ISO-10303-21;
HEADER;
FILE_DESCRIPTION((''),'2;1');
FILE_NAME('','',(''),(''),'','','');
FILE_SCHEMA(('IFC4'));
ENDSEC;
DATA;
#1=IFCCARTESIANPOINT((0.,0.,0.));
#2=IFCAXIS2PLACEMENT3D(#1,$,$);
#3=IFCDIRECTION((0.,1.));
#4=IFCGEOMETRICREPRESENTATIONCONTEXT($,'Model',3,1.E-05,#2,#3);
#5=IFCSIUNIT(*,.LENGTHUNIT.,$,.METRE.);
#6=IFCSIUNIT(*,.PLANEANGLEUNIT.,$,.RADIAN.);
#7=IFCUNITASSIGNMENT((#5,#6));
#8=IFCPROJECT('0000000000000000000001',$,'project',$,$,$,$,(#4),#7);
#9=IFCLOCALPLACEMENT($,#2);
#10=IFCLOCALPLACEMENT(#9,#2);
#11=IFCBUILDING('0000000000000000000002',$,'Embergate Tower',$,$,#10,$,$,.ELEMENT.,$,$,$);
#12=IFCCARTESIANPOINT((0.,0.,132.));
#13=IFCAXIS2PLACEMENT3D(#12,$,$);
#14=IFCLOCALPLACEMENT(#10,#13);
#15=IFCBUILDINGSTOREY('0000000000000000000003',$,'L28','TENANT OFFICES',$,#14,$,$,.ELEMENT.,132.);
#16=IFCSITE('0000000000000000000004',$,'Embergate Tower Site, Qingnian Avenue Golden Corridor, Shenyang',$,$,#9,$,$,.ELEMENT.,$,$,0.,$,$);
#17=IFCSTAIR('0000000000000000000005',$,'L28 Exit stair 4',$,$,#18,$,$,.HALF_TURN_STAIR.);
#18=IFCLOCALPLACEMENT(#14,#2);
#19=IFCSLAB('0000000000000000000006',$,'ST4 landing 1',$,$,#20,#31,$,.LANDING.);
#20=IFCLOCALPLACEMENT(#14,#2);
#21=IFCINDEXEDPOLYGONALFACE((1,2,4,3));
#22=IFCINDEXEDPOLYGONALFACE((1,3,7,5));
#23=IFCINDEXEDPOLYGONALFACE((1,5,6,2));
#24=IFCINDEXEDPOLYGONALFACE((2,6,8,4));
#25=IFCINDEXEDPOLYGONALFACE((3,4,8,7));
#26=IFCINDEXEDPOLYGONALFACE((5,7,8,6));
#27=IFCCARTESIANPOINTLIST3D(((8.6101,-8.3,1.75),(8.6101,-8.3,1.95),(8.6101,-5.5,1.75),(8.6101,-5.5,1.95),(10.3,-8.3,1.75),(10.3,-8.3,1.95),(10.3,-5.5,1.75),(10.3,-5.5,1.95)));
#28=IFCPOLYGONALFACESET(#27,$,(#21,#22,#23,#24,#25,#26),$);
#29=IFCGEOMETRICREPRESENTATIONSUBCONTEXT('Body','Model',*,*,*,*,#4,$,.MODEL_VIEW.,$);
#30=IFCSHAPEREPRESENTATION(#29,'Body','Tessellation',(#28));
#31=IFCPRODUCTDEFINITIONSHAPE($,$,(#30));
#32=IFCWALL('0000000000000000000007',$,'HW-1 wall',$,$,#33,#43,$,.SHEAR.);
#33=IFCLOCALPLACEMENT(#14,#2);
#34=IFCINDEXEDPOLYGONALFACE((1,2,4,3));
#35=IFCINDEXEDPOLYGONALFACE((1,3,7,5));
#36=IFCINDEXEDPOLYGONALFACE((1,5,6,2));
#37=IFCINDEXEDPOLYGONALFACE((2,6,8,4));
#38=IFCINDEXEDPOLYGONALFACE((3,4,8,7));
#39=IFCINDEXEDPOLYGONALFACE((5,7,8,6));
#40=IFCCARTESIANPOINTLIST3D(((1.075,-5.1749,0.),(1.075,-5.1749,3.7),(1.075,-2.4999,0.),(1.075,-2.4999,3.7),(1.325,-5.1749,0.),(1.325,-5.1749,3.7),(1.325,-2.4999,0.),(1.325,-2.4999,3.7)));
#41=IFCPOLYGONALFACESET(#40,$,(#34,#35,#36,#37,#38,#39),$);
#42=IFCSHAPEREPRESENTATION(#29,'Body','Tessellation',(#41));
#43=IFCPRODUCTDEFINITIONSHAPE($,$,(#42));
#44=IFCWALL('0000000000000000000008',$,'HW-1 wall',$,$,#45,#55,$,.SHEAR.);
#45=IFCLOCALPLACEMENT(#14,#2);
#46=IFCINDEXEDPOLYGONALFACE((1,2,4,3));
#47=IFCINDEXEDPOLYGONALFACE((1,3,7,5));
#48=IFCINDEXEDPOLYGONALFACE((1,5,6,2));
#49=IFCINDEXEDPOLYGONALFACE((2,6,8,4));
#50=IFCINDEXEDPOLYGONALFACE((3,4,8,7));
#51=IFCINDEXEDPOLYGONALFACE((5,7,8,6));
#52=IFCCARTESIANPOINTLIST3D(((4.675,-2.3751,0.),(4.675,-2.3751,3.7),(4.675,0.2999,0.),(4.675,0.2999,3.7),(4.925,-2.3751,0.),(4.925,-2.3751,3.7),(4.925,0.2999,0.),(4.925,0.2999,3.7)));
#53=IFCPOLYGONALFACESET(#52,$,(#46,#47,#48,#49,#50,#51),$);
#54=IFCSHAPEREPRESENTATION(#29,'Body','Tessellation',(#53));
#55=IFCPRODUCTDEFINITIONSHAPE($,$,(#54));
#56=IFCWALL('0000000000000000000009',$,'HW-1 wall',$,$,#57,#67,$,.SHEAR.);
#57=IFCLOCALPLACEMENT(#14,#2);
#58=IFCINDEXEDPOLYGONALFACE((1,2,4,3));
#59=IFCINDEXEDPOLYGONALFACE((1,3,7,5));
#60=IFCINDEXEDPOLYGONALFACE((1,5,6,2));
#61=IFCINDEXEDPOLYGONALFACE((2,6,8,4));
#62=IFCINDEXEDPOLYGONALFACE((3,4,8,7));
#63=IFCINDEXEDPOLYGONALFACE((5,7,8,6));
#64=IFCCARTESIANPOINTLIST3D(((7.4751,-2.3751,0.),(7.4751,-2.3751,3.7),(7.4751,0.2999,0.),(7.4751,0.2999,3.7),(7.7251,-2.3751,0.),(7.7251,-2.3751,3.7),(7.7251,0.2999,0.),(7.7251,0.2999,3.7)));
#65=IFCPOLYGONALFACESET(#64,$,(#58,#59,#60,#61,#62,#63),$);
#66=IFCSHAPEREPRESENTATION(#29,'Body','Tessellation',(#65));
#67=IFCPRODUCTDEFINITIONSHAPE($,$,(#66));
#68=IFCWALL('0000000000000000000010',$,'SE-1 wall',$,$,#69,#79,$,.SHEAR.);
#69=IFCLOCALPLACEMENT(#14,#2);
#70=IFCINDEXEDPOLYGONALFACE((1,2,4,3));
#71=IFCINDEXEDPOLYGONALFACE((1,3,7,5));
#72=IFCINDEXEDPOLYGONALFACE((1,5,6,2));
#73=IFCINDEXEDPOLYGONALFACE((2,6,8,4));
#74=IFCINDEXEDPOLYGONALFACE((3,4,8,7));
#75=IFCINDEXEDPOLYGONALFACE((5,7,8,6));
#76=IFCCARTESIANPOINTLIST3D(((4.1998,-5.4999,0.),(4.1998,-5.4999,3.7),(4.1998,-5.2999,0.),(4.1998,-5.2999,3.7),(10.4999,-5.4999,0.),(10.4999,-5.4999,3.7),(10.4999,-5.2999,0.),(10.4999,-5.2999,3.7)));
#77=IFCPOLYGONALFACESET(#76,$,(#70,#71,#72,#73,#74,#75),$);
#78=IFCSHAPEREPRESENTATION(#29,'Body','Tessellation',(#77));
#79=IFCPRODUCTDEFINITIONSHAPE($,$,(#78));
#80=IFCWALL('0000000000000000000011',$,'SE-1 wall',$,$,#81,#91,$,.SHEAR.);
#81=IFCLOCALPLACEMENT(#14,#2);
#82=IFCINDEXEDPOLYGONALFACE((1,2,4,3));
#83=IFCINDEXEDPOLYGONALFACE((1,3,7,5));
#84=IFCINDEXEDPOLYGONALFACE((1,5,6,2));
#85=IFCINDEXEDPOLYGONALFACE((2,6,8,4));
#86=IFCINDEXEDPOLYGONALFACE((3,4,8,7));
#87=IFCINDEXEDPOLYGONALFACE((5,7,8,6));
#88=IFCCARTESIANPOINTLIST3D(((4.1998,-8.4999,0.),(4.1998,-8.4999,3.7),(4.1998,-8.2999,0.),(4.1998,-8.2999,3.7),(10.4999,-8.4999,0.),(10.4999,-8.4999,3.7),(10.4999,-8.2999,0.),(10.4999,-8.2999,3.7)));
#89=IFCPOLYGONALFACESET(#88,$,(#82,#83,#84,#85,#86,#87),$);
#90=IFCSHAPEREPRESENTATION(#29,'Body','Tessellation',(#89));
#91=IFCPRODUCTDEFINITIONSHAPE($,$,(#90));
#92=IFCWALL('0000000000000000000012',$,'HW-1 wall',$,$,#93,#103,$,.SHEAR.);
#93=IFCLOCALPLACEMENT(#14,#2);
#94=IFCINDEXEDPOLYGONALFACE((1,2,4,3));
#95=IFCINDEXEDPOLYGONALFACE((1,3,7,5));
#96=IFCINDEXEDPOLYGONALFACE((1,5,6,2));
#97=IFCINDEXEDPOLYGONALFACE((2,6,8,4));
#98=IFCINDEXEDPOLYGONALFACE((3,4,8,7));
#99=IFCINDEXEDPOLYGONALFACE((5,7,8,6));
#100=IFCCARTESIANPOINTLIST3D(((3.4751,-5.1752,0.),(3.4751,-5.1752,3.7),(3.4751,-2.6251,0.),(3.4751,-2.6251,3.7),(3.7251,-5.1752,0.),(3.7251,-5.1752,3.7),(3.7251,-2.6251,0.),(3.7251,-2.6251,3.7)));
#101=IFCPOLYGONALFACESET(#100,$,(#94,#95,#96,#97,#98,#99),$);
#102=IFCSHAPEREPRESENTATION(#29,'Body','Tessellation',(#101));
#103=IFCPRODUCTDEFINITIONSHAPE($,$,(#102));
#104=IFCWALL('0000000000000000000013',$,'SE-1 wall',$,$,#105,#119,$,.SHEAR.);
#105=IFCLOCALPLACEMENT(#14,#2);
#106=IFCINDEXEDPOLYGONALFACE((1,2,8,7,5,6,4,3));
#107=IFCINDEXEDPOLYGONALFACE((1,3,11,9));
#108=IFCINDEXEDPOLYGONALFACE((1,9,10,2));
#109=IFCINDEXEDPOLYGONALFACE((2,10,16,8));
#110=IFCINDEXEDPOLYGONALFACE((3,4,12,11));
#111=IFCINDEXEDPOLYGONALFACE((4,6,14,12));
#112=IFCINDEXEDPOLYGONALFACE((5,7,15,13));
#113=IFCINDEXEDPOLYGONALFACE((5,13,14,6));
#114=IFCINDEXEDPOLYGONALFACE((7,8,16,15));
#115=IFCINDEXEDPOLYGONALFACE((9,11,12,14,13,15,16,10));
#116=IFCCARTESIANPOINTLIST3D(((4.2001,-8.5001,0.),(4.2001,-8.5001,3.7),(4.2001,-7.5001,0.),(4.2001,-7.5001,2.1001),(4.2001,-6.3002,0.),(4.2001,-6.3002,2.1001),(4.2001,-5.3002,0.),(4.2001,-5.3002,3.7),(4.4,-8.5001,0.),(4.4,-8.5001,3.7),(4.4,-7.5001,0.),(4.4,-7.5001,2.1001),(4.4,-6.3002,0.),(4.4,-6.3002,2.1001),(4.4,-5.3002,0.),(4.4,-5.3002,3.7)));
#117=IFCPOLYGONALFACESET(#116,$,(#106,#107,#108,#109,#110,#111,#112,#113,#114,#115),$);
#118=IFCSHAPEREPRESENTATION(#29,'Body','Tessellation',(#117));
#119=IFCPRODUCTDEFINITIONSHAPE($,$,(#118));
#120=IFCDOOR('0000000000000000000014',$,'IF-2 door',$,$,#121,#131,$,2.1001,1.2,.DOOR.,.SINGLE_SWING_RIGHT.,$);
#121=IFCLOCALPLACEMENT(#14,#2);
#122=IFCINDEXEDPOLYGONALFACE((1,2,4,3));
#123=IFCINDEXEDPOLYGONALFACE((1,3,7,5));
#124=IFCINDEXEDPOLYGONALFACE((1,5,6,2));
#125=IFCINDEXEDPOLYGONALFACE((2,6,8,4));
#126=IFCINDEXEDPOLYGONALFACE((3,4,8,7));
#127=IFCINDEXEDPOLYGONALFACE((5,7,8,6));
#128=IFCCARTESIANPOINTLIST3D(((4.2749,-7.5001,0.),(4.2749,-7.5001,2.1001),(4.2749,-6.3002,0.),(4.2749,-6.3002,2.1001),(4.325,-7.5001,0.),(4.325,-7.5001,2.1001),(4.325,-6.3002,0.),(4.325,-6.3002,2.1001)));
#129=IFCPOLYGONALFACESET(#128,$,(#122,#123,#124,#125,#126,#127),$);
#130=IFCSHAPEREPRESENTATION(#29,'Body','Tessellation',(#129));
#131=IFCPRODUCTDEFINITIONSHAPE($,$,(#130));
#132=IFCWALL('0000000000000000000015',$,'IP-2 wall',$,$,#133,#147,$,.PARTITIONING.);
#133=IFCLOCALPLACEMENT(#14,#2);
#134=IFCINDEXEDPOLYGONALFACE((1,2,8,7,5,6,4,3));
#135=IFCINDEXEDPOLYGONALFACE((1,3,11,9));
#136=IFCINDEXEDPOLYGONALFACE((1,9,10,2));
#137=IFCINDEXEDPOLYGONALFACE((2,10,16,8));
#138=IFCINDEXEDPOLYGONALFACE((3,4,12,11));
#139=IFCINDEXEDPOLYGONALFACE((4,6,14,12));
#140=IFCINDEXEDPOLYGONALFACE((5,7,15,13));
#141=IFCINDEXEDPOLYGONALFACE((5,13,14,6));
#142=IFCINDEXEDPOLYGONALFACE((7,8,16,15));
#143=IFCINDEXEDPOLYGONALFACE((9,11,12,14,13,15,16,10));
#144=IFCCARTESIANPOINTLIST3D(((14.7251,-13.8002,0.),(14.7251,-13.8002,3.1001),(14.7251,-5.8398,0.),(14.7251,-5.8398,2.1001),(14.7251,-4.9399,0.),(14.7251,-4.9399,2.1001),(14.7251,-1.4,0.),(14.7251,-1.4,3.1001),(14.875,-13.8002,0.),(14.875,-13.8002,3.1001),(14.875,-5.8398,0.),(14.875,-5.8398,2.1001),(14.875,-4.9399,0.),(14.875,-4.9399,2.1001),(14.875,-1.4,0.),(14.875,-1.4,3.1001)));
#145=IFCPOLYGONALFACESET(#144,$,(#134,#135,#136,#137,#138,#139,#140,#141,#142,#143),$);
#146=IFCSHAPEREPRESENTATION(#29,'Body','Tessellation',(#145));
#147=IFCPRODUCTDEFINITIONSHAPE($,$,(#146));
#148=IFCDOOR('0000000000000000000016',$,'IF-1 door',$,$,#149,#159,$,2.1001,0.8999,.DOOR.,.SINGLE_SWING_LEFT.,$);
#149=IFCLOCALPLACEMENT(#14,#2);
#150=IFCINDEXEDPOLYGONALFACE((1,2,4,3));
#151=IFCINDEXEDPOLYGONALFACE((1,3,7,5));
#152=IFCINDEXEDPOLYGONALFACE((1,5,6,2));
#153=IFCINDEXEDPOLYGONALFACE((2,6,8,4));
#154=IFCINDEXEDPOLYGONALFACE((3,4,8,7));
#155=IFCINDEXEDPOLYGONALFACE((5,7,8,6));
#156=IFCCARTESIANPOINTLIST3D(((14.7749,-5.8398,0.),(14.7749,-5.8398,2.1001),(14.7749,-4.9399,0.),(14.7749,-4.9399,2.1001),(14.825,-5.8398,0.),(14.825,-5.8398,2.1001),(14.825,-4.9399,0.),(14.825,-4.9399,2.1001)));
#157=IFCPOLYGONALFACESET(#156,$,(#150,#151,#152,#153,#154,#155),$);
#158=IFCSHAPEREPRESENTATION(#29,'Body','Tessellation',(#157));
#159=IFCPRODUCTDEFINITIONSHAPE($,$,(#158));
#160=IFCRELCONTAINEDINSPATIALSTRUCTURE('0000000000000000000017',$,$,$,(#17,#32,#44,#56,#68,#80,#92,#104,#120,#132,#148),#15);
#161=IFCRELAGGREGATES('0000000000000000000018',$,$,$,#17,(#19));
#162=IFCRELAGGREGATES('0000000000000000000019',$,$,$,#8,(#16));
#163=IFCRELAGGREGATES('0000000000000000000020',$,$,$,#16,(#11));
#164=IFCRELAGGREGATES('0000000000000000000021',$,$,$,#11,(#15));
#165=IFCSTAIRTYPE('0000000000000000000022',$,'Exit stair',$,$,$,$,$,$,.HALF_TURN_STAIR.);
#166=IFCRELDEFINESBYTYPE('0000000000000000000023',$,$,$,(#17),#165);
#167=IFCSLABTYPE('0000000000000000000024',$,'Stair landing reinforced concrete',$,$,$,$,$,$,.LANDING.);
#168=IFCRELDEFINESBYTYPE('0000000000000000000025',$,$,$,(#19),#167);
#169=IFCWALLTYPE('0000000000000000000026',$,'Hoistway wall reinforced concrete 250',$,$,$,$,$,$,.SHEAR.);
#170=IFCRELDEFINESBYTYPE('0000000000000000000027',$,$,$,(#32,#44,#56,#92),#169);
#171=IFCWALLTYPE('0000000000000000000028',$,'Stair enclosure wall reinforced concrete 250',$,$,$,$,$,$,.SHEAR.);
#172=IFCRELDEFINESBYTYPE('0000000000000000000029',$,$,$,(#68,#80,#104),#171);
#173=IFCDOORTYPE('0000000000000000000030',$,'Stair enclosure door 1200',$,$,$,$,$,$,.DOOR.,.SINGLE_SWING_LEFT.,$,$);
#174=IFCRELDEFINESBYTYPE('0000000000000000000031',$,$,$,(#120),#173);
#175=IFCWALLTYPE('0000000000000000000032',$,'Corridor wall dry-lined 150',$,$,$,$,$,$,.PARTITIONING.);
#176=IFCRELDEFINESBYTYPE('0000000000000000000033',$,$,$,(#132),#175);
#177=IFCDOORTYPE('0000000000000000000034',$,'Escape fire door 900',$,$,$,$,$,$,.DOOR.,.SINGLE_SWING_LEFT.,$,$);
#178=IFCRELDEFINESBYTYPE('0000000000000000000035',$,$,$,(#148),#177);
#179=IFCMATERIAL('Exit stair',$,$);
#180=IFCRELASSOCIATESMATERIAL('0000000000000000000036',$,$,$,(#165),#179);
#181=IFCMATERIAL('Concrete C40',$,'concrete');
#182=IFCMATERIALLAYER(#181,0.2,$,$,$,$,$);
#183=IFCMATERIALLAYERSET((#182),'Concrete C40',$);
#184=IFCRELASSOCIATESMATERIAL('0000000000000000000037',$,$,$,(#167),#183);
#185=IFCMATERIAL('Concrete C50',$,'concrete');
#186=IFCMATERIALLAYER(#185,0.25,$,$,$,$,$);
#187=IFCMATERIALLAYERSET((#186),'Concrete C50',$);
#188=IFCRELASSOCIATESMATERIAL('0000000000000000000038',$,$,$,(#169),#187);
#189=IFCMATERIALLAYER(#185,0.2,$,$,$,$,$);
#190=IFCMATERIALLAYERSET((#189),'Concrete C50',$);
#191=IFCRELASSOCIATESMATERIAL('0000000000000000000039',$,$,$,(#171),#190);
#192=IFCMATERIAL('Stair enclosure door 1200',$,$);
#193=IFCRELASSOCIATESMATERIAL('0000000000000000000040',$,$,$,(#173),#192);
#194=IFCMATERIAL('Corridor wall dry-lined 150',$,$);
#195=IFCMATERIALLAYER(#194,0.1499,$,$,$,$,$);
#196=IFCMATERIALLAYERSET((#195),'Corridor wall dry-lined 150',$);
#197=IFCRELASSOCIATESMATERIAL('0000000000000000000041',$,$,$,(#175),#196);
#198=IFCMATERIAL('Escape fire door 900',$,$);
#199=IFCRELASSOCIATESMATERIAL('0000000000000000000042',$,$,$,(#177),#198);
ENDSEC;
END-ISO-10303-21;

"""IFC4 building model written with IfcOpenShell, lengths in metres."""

from ifc_helpers import new_model, si_unit, direction, frame, frame_2d, origin, place, context, subcontext, project, spatial, polyline, rectangle, outline, extrude, source, transform, mapped, material, layer, layer_set, type_object, element, fill, aggregate, save


model = new_model("IFC4")

# Units and contexts
model_context = context("Model", 3, precision=1e-05, world=origin(), true_north=direction((0.0, 1.0)))
body_context = subcontext(model_context, "Body", "Model", "MODEL_VIEW")
ifc_project = project(units=[si_unit("LENGTHUNIT", "METRE"), si_unit("PLANEANGLEUNIT", "RADIAN")], contexts=[model_context])

# Site, building, storey
site_placement = place(None, origin())
site = spatial("IfcSite", under=ifc_project, at=site_placement, Name="Embergate Tower Site, Qingnian Avenue Golden Corridor, Shenyang", CompositionType="ELEMENT", RefElevation=0.0)
building_placement = place(site_placement, origin())
building = spatial("IfcBuilding", under=site, at=building_placement, Name="Embergate Tower", CompositionType="ELEMENT")
storey_placement = place(building_placement, frame((0.0, 0.0, 132.0)))
storey = spatial("IfcBuildingStorey", under=building, at=storey_placement, Name="L28", Description="TENANT OFFICES", CompositionType="ELEMENT", Elevation=132.0)

# Stair, slab
ifc_material_1 = material(Name="Exit stair")
stair_type = type_object("IfcStairType", Name="Exit stair", PredefinedType="HALF_TURN_STAIR", material=ifc_material_1)
stair_placement = place(storey_placement, origin())
stair = element("IfcStair", 1, at=stair_placement, inside=storey, type_object=stair_type, Name="L28 Exit stair 4", PredefinedType="HALF_TURN_STAIR")
ifc_material_2 = material(Name="Concrete C40", Category="concrete")
ifc_layer_1 = layer(ifc_material_2, 0.2)
ifc_layer_set_1 = layer_set([ifc_layer_1], Name="Concrete C40")
slab_type = type_object("IfcSlabType", Name="Stair landing reinforced concrete", PredefinedType="LANDING", material=ifc_layer_set_1)
shared_shape_1 = source(origin(), body_context, "Body", "SweptSolid", [
    extrude(outline(polyline([(0.0, 0.0), (1.6899, 0.0), (1.6899, 2.8), (0.0, 2.8), (0.0, 0.0)])), origin(), (0.0, 0.0, 1.0), 0.2),
])
slab_placement = place(storey_placement, frame((8.6101, -8.3, 1.75)))
slab = element("IfcSlab", 2, at=slab_placement, type_object=slab_type, Name="ST4 landing 1", PredefinedType="LANDING", context=body_context, shape_type="MappedRepresentation", body=[
    mapped(shared_shape_1, transform((0.0, 0.0, 0.0))),
])

# Walls
ifc_material_3 = material(Name="Concrete C50", Category="concrete")
ifc_layer_2 = layer(ifc_material_3, 0.25)
ifc_layer_set_2 = layer_set([ifc_layer_2], Name="Concrete C50")
wall_type_1 = type_object("IfcWallType", Name="Hoistway wall reinforced concrete 250", PredefinedType="SHEAR", material=ifc_layer_set_2)
shared_shape_2 = source(origin(), body_context, "Body", "SweptSolid", [
    extrude(rectangle(XDim=2.675, YDim=0.25, at=frame_2d((1.3374, 0.0))), origin(), (0.0, 0.0, 1.0), 3.7),
])
for number, where, z_axis, x_axis, name in (
    (3, (1.2, -2.5, 0.0), (0.0, 0.0, 1.0), (0.0, -1.0, 0.0), "HW-1 wall"),
    (4, (4.8, -2.375, 0.0), (0.0, 0.0, 1.0), (0.0, 1.0, 0.0), "HW-1 wall"),
    (5, (7.6001, -2.375, 0.0), (0.0, 0.0, 1.0), (0.0, 1.0, 0.0), "HW-1 wall"),
):
    element("IfcWall", number, at=place(storey_placement, frame(where, z_axis=z_axis, x_axis=x_axis)), inside=storey, type_object=wall_type_1, Name=name, PredefinedType="SHEAR", context=body_context, shape_type="MappedRepresentation", body=[
        mapped(shared_shape_2, transform((0.0, 0.0, 0.0))),
    ])
ifc_layer_3 = layer(ifc_material_3, 0.2)
ifc_layer_set_3 = layer_set([ifc_layer_3], Name="Concrete C50")
wall_type_2 = type_object("IfcWallType", Name="Stair enclosure wall reinforced concrete 250", PredefinedType="SHEAR", material=ifc_layer_set_3)
shared_shape_3 = source(origin(), body_context, "Body", "SweptSolid", [
    extrude(rectangle(XDim=6.3, YDim=0.2, at=frame_2d((3.1499, 0.0))), origin(), (0.0, 0.0, 1.0), 3.7),
])
for number, where, z_axis, x_axis, name in (
    (6, (4.2, -5.3999, 0.0), (0.0, 0.0, 1.0), (1.0, 0.0, 0.0), "SE-1 wall"),
    (7, (4.2, -8.3999, 0.0), (0.0, 0.0, 1.0), (1.0, 0.0, 0.0), "SE-1 wall"),
):
    element("IfcWall", number, at=place(storey_placement, frame(where, z_axis=z_axis, x_axis=x_axis)), inside=storey, type_object=wall_type_2, Name=name, PredefinedType="SHEAR", context=body_context, shape_type="MappedRepresentation", body=[
        mapped(shared_shape_3, transform((0.0, 0.0, 0.0))),
    ])
shared_shape_4 = source(origin(), body_context, "Body", "SweptSolid", [
    extrude(rectangle(XDim=2.55, YDim=0.25, at=frame_2d((1.2749, 0.0))), origin(), (0.0, 0.0, 1.0), 3.7),
])
wall_1_placement = place(storey_placement, frame((3.6001, -5.175, 0.0), z_axis=(0.0, 0.0, 1.0), x_axis=(0.0, 1.0, 0.0)))
element("IfcWall", 8, at=wall_1_placement, inside=storey, type_object=wall_type_1, Name="HW-1 wall", PredefinedType="SHEAR", context=body_context, shape_type="MappedRepresentation", body=[
    mapped(shared_shape_4, transform((0.0, 0.0, 0.0))),
])

# Walls, openings, doors
shared_shape_5 = source(origin(), body_context, "Body", "SweptSolid", [
    extrude(rectangle(XDim=3.2, YDim=0.2, at=frame_2d((1.6001, 0.0))), origin(), (0.0, 0.0, 1.0), 3.7),
])
wall_2_placement = place(storey_placement, frame((4.3, -5.3, 0.0), z_axis=(0.0, 0.0, 1.0), x_axis=(0.0, -1.0, 0.0)))
wall_2 = element("IfcWall", 9, at=wall_2_placement, inside=storey, type_object=wall_type_2, Name="SE-1 wall", PredefinedType="SHEAR", context=body_context, shape_type="MappedRepresentation", body=[
    mapped(shared_shape_5, transform((0.0, 0.0, 0.0))),
])
shared_shape_6 = source(origin(), body_context, "Body", "SweptSolid", [
    extrude(rectangle(XDim=1.2, YDim=2.1001, at=frame_2d((0.6001, 1.05))), frame((0.0, 0.1099, 0.0), z_axis=(0.0, -1.0, 0.0), x_axis=(1.0, 0.0, 0.0)), (0.0, 0.0, 1.0), 0.22),
])
opening_1_placement = place(wall_2_placement, frame((1.0, 0.0, 0.0)))
opening_1 = element("IfcOpeningElement", 10, at=opening_1_placement, cuts=wall_2, PredefinedType="OPENING", context=body_context, shape_type="MappedRepresentation", body=[
    mapped(shared_shape_6, transform((0.0, 0.0, 0.0))),
])
ifc_material_4 = material(Name="Stair enclosure door 1200")
door_type_1 = type_object("IfcDoorType", Name="Stair enclosure door 1200", OperationType="SINGLE_SWING_LEFT", PredefinedType="DOOR", material=ifc_material_4)
shared_shape_7 = source(origin(), body_context, "Body", "SweptSolid", [
    extrude(rectangle(XDim=1.2, YDim=2.1001, at=frame_2d((0.6001, 1.05))), frame((0.0, 0.0249, 0.0), z_axis=(0.0, -1.0, 0.0), x_axis=(1.0, 0.0, 0.0)), (0.0, 0.0, 1.0), 0.05),
])
door_1_placement = place(opening_1_placement, origin())
door_1 = element("IfcDoor", 11, at=door_1_placement, inside=storey, type_object=door_type_1, Name="IF-2 door", OperationType="SINGLE_SWING_RIGHT", OverallHeight=2.1001, OverallWidth=1.2, PredefinedType="DOOR", context=body_context, shape_type="MappedRepresentation", body=[
    mapped(shared_shape_7, transform((0.0, 0.0, 0.0))),
])
fill(opening_1, door_1)
ifc_material_5 = material(Name="Corridor wall dry-lined 150")
ifc_layer_4 = layer(ifc_material_5, 0.1499)
ifc_layer_set_4 = layer_set([ifc_layer_4], Name="Corridor wall dry-lined 150")
wall_type_3 = type_object("IfcWallType", Name="Corridor wall dry-lined 150", PredefinedType="PARTITIONING", material=ifc_layer_set_4)
shared_shape_8 = source(origin(), body_context, "Body", "SweptSolid", [
    extrude(rectangle(XDim=12.4001, YDim=0.1499, at=frame_2d((6.2002, 0.0))), origin(), (0.0, 0.0, 1.0), 3.1001),
])
wall_3_placement = place(storey_placement, frame((14.8, -1.3999, 0.0), z_axis=(0.0, 0.0, 1.0), x_axis=(0.0, -1.0, 0.0)))
wall_3 = element("IfcWall", 12, at=wall_3_placement, inside=storey, type_object=wall_type_3, Name="IP-2 wall", PredefinedType="PARTITIONING", context=body_context, shape_type="MappedRepresentation", body=[
    mapped(shared_shape_8, transform((0.0, 0.0, 0.0))),
])
shared_shape_9 = source(origin(), body_context, "Body", "SweptSolid", [
    extrude(rectangle(XDim=0.8999, YDim=2.1001, at=frame_2d((0.45, 1.05))), frame((0.0, 0.085, 0.0), z_axis=(0.0, -1.0, 0.0), x_axis=(1.0, 0.0, 0.0)), (0.0, 0.0, 1.0), 0.1699),
])
opening_2_placement = place(wall_3_placement, frame((3.54, 0.0, 0.0)))
opening_2 = element("IfcOpeningElement", 13, at=opening_2_placement, cuts=wall_3, PredefinedType="OPENING", context=body_context, shape_type="MappedRepresentation", body=[
    mapped(shared_shape_9, transform((0.0, 0.0, 0.0))),
])
ifc_material_6 = material(Name="Escape fire door 900")
door_type_2 = type_object("IfcDoorType", Name="Escape fire door 900", OperationType="SINGLE_SWING_LEFT", PredefinedType="DOOR", material=ifc_material_6)
shared_shape_10 = source(origin(), body_context, "Body", "SweptSolid", [
    extrude(rectangle(XDim=0.8999, YDim=2.1001, at=frame_2d((0.45, 1.05))), frame((0.0, 0.0249, 0.0), z_axis=(0.0, -1.0, 0.0), x_axis=(1.0, 0.0, 0.0)), (0.0, 0.0, 1.0), 0.05),
])
door_2_placement = place(opening_2_placement, origin())
door_2 = element("IfcDoor", 14, at=door_2_placement, inside=storey, type_object=door_type_2, Name="IF-1 door", OperationType="SINGLE_SWING_LEFT", OverallHeight=2.1001, OverallWidth=0.8999, PredefinedType="DOOR", context=body_context, shape_type="MappedRepresentation", body=[
    mapped(shared_shape_10, transform((0.0, 0.0, 0.0))),
])
fill(opening_2, door_2)

aggregate(stair, [slab])

save(model, "model.ifc")
